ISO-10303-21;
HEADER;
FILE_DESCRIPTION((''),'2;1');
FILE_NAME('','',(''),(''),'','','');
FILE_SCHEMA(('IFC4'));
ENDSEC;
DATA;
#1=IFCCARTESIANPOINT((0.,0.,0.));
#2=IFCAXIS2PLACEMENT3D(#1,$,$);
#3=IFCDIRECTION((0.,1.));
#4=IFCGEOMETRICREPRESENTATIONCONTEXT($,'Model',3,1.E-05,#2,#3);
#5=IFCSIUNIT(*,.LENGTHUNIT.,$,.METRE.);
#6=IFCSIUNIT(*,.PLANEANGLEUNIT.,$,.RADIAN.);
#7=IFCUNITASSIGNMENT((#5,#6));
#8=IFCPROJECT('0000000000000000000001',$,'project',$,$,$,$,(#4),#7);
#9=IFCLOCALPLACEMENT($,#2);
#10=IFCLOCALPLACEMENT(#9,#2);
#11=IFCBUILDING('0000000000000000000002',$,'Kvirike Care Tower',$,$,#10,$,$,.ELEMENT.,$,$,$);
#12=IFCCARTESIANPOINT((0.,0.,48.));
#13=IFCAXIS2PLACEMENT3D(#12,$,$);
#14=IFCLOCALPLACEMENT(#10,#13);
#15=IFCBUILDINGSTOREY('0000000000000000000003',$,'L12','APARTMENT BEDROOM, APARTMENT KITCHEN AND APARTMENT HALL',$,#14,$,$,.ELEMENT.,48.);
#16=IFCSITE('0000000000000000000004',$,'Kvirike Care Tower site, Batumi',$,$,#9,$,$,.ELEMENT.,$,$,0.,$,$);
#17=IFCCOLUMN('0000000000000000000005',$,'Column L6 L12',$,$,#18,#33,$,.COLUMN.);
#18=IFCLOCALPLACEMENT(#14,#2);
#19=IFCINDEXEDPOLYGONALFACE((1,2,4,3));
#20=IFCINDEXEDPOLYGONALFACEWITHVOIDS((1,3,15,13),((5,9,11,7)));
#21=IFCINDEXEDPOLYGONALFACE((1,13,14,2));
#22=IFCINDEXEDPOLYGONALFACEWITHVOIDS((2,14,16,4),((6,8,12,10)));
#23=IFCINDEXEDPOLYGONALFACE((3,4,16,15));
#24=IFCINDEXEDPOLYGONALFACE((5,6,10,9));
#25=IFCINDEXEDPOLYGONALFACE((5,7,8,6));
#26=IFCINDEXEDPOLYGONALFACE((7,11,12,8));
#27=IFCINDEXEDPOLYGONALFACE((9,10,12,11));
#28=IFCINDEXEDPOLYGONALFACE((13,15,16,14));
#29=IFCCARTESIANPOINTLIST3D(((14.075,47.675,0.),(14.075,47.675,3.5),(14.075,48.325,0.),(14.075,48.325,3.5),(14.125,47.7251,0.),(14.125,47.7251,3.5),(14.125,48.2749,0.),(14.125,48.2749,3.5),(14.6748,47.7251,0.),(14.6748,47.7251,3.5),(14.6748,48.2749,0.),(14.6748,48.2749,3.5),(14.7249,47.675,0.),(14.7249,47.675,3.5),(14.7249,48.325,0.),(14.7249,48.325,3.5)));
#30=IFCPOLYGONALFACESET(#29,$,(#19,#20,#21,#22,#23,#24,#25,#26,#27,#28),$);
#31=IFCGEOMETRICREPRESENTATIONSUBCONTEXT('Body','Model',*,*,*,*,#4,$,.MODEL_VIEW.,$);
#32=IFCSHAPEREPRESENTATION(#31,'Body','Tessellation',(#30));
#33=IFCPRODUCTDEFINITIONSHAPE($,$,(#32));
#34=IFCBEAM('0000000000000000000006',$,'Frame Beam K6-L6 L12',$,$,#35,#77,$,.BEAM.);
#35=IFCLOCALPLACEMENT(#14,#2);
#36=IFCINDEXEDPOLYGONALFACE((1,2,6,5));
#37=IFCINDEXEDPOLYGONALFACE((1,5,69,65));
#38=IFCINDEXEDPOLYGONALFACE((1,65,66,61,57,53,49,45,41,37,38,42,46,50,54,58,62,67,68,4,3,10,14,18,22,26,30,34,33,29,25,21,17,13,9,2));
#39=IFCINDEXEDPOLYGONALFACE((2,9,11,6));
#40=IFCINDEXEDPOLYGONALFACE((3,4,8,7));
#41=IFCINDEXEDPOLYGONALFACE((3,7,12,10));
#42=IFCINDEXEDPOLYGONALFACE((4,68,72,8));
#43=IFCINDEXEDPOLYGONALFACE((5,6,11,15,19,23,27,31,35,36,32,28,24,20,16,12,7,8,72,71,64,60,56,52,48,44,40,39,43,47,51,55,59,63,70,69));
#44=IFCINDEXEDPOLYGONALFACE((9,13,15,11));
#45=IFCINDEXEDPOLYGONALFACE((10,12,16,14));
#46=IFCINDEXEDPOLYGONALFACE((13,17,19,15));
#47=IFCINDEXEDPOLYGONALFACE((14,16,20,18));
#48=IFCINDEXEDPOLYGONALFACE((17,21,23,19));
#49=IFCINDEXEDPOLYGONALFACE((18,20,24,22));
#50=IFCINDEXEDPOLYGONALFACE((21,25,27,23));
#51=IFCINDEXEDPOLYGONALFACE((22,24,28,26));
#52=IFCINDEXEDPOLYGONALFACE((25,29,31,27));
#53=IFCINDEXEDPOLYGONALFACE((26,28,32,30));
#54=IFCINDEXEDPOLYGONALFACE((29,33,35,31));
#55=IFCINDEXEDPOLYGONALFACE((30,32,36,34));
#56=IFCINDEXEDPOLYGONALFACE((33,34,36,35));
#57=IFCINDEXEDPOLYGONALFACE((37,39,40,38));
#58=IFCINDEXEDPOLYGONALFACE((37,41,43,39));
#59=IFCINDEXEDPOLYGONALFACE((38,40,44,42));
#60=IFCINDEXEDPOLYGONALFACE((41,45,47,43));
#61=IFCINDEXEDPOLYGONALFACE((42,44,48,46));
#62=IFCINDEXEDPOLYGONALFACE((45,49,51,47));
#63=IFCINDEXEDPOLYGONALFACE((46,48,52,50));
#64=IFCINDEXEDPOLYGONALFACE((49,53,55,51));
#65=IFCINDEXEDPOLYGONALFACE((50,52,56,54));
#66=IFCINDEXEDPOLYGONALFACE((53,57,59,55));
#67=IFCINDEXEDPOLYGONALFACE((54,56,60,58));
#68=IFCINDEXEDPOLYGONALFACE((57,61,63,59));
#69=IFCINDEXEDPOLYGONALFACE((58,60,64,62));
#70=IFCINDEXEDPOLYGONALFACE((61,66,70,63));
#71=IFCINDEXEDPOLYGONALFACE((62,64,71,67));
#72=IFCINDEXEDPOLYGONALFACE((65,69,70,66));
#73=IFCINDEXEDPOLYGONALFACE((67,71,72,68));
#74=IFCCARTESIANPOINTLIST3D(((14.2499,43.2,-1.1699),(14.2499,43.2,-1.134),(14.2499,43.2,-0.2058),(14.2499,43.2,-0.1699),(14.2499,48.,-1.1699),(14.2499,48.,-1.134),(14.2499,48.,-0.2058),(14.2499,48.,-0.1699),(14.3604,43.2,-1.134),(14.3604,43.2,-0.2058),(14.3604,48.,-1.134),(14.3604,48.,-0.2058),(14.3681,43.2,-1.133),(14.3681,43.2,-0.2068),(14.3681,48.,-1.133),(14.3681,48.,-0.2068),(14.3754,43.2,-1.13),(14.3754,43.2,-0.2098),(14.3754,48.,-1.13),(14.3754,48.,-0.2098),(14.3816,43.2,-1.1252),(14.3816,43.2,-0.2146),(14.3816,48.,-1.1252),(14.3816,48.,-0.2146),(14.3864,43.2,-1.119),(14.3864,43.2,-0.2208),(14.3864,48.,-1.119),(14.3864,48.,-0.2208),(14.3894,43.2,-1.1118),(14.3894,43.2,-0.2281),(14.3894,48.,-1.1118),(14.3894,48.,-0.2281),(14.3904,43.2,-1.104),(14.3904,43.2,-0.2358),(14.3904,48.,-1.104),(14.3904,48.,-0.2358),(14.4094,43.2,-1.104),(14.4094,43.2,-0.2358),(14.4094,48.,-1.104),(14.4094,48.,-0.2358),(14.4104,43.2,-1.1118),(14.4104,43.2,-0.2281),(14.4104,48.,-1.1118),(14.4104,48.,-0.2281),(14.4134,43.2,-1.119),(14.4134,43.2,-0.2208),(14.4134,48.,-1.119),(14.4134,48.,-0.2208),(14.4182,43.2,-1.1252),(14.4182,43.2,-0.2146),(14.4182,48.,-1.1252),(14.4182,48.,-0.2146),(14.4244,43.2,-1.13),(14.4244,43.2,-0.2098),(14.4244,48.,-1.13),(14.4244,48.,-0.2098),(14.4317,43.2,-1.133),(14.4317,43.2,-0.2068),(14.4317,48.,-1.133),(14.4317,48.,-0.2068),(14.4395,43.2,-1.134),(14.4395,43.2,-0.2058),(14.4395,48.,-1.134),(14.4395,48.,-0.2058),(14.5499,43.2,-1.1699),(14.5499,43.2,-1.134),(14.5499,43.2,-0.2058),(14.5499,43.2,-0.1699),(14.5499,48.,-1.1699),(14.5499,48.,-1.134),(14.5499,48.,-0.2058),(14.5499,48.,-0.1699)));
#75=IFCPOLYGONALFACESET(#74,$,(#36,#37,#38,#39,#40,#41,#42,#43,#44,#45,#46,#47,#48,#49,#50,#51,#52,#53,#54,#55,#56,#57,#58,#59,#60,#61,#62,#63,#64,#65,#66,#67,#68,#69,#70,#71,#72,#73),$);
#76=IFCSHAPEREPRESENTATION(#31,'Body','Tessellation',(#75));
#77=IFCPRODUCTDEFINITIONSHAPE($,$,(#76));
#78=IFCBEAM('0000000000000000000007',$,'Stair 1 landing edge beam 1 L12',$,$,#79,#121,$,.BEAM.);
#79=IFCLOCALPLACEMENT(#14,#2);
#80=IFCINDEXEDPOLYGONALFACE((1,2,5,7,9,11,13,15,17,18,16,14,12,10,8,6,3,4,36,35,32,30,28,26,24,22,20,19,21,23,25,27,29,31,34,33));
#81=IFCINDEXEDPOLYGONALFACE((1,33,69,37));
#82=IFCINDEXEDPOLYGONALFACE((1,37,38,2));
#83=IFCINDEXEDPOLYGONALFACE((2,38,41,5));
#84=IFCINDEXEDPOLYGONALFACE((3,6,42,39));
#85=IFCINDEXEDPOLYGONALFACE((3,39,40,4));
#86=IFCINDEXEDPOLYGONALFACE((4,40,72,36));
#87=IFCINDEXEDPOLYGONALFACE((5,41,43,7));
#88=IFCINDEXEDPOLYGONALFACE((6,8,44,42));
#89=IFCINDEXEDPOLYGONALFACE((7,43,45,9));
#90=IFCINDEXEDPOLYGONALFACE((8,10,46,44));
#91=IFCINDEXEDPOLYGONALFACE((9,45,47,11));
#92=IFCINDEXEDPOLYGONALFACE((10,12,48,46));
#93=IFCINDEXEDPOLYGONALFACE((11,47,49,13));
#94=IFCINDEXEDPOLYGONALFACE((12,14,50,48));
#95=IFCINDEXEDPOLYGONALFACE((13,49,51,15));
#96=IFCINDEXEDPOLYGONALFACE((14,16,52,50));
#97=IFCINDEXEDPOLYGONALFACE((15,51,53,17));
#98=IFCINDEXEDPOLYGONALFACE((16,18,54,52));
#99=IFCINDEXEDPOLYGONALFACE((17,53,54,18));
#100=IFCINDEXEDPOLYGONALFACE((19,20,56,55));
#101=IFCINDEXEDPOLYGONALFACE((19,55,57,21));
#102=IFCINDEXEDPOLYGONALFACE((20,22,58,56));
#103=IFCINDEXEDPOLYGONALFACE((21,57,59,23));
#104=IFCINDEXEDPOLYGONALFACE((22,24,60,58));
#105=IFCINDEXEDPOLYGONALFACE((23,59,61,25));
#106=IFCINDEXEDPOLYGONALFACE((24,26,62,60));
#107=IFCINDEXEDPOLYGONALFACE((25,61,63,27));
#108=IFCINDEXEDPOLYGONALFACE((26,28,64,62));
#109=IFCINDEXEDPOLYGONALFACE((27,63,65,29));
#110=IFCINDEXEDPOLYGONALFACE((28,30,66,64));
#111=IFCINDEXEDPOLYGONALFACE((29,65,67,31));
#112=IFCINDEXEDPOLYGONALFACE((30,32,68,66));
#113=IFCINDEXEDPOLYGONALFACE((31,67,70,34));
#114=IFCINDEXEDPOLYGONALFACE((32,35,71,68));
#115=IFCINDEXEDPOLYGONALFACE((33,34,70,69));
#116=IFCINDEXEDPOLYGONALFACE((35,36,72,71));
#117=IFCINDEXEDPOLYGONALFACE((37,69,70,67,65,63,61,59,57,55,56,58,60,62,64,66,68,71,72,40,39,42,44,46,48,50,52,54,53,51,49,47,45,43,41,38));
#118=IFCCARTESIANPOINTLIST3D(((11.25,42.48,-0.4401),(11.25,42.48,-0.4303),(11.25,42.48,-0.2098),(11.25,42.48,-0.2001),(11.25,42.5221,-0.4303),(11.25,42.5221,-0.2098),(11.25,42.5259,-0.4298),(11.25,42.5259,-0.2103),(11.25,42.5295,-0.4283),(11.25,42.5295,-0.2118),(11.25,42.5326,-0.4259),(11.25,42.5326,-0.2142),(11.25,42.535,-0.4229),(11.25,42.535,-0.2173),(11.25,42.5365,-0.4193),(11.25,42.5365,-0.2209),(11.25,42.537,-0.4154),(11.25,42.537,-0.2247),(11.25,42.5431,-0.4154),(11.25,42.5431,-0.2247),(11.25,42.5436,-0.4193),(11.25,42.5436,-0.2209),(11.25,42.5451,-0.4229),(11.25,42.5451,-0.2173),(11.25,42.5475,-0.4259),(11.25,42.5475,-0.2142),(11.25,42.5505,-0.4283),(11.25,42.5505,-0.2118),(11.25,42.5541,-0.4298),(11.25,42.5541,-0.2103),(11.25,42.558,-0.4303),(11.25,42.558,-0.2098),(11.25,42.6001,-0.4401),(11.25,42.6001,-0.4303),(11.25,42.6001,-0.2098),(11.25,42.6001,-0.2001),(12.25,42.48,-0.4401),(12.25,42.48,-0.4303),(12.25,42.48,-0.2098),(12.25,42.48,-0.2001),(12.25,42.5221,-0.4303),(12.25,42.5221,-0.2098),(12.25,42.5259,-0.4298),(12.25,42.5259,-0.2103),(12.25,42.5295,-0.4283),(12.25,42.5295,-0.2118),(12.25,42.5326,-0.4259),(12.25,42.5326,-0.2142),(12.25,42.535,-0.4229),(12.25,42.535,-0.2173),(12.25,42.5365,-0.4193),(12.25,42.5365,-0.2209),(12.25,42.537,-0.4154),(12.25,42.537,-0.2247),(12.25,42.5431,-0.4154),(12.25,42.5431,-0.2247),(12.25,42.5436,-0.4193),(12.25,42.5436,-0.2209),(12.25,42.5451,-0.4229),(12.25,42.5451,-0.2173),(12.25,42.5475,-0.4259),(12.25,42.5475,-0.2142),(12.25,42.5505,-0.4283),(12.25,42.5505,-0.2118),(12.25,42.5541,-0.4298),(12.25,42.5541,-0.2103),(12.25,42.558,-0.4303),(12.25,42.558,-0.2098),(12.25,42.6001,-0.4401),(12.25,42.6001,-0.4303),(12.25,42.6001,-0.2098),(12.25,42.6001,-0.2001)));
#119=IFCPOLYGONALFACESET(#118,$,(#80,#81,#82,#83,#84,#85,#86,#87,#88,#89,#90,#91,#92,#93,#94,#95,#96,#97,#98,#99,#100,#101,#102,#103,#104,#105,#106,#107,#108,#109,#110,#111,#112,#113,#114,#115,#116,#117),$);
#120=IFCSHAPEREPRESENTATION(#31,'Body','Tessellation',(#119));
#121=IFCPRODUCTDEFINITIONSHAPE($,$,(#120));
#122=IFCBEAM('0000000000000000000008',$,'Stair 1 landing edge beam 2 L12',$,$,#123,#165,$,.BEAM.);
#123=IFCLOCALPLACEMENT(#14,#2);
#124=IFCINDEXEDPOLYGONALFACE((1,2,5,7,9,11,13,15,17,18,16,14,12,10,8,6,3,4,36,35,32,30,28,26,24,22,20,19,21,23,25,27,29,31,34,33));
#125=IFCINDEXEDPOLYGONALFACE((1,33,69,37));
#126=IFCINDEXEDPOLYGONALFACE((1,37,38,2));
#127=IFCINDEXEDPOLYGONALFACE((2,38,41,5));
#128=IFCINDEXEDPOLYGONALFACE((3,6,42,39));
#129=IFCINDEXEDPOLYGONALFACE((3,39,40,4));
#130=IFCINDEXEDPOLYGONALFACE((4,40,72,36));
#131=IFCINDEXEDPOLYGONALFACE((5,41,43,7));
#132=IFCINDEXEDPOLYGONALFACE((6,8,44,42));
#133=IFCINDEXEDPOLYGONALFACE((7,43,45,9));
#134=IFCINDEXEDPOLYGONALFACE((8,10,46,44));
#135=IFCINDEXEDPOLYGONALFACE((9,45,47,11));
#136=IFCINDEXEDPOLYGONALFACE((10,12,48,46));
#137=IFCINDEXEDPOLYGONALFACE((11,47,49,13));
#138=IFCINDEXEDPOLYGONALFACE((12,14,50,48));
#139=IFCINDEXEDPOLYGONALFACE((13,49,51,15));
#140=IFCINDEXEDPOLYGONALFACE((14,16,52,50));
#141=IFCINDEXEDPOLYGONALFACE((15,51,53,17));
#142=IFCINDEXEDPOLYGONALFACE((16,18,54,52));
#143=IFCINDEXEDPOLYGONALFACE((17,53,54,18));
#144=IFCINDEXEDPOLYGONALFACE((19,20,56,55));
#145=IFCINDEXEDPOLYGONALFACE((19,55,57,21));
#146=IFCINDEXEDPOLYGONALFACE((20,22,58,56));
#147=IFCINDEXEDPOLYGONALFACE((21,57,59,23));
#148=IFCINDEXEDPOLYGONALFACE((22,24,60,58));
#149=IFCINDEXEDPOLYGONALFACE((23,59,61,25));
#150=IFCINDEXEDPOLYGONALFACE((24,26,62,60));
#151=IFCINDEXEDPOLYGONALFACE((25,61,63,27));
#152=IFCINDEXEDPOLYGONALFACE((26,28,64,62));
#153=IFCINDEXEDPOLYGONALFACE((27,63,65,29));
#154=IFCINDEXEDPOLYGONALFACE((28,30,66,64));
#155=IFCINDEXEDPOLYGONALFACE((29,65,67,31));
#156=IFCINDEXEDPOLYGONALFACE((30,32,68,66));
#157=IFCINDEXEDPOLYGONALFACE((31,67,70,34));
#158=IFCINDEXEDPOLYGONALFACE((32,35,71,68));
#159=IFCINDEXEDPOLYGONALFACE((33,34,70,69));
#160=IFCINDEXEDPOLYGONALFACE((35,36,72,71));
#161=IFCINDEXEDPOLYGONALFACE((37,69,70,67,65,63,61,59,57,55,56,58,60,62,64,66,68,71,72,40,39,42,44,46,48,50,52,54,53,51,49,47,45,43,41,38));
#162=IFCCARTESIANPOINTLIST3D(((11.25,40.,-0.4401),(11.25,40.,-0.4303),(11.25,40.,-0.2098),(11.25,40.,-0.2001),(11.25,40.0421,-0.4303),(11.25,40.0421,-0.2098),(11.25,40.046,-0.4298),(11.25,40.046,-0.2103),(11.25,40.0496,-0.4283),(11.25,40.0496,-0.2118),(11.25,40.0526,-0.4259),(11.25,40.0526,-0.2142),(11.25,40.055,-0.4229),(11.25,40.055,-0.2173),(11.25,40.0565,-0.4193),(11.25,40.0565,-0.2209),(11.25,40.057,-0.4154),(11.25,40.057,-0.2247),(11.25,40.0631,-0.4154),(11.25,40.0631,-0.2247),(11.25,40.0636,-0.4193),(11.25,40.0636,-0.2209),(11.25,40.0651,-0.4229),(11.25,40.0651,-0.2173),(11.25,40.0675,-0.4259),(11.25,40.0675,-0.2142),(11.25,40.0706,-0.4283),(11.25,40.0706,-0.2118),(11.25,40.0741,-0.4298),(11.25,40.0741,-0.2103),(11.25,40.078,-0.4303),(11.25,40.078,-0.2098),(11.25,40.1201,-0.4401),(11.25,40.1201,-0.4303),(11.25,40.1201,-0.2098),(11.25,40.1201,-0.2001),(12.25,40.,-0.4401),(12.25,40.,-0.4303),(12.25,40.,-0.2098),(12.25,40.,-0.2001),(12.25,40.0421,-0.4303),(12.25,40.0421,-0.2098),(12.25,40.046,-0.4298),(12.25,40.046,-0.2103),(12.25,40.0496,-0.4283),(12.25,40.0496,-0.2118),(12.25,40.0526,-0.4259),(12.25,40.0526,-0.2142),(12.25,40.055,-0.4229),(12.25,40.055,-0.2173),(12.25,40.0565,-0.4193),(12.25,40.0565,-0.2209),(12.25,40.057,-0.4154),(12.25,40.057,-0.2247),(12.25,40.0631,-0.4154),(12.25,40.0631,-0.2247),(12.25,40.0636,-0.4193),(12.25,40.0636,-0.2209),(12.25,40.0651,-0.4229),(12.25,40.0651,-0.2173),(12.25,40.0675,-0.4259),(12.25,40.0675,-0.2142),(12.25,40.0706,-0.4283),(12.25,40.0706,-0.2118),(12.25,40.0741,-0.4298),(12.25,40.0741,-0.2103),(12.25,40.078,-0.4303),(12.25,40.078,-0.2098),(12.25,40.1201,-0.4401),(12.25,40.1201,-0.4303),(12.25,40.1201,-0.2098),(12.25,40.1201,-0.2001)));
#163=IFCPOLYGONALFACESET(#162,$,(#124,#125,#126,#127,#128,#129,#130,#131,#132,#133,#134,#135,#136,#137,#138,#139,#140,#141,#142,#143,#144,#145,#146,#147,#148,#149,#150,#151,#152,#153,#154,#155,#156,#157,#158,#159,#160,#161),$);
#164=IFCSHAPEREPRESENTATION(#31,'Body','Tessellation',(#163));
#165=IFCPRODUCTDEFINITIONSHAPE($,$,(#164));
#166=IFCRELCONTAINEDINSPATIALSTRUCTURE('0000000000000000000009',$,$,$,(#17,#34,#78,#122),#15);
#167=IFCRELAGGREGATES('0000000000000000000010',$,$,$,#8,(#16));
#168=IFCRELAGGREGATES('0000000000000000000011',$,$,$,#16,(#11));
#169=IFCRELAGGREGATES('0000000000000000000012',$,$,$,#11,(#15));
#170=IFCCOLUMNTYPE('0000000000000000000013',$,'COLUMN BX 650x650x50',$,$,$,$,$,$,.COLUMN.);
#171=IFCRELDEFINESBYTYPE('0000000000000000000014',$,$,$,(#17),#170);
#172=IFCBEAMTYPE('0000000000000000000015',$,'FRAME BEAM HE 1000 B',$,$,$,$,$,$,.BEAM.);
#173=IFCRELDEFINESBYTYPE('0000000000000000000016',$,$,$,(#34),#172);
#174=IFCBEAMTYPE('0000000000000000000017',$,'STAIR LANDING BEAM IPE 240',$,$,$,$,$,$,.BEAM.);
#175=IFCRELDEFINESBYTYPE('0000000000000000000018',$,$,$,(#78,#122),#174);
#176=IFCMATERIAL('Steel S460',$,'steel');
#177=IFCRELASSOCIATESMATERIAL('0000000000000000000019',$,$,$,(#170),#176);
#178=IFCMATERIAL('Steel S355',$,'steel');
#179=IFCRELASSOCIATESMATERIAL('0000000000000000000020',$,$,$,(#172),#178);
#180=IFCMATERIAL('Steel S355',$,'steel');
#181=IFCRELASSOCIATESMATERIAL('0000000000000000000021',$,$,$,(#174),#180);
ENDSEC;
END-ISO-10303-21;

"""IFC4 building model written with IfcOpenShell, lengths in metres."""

from ifc_helpers import new_model, si_unit, direction, frame, origin, origin_2d, place, context, subcontext, project, spatial, hollow_rectangle, i_section, extrude, material, material_profile, profile_set, type_object, element, save


model = new_model("IFC4")

# Units and contexts
model_context = context("Model", 3, precision=1e-05, world=origin(), true_north=direction((0.0, 1.0)))
body_context = subcontext(model_context, "Body", "Model", "MODEL_VIEW")
ifc_project = project(units=[si_unit("LENGTHUNIT", "METRE"), si_unit("PLANEANGLEUNIT", "RADIAN")], contexts=[model_context])

# Site, building, storey
site_placement = place(None, origin())
site = spatial("IfcSite", under=ifc_project, at=site_placement, Name="Kvirike Care Tower site, Batumi", CompositionType="ELEMENT", RefElevation=0.0)
building_placement = place(site_placement, origin())
building = spatial("IfcBuilding", under=site, at=building_placement, Name="Kvirike Care Tower", CompositionType="ELEMENT")
storey_placement = place(building_placement, frame((0.0, 0.0, 48.0)))
storey = spatial("IfcBuildingStorey", under=building, at=storey_placement, Name="L12", Description="APARTMENT BEDROOM, APARTMENT KITCHEN AND APARTMENT HALL", CompositionType="ELEMENT", Elevation=48.0)

# Column
ifc_material_1 = material(Name="Steel S460", Category="steel")
ifc_material_profile_1 = material_profile(ifc_material_1, hollow_rectangle(XDim=0.6499, YDim=0.6499, WallThickness=0.05, at=origin_2d()), Name="BX 650x650x50")
ifc_profile_set_1 = profile_set([ifc_material_profile_1], Name="Steel S460")
column_type = type_object("IfcColumnType", Name="COLUMN BX 650x650x50", PredefinedType="COLUMN", material=ifc_profile_set_1)
column_placement = place(storey_placement, frame((14.3999, 48.0, 0.0), z_axis=(0.0, 0.0, 1.0), x_axis=(1.0, 0.0, 0.0)))
element("IfcColumn", 1, at=column_placement, inside=storey, type_object=column_type, Name="Column L6 L12", PredefinedType="COLUMN", context=body_context, shape_type="SweptSolid", body=[
    extrude(hollow_rectangle(XDim=0.6499, YDim=0.6499, WallThickness=0.05, at=origin_2d()), origin(), (0.0, 0.0, 1.0), 3.5),
])

# Beams
ifc_material_2 = material(Name="Steel S355", Category="steel")
ifc_material_profile_2 = material_profile(ifc_material_2, i_section(OverallWidth=0.3, OverallDepth=1.0, WebThickness=0.019, FlangeThickness=0.0359, FilletRadius=0.03, at=origin_2d()), Name="HE 1000 B")
ifc_profile_set_2 = profile_set([ifc_material_profile_2], Name="Steel S355")
beam_type_1 = type_object("IfcBeamType", Name="FRAME BEAM HE 1000 B", PredefinedType="BEAM", material=ifc_profile_set_2)
beam_placement = place(storey_placement, frame((14.3999, 43.2, -0.6699), z_axis=(0.0, 1.0, 0.0), x_axis=(-1.0, 0.0, 0.0)))
element("IfcBeam", 2, at=beam_placement, inside=storey, type_object=beam_type_1, Name="Frame Beam K6-L6 L12", PredefinedType="BEAM", context=body_context, shape_type="SweptSolid", body=[
    extrude(i_section(OverallWidth=0.3, OverallDepth=1.0, WebThickness=0.019, FlangeThickness=0.0359, FilletRadius=0.03, at=origin_2d()), origin(), (0.0, 0.0, 1.0), 4.8),
])
ifc_material_3 = material(Name="Steel S355", Category="steel")
ifc_material_profile_3 = material_profile(ifc_material_3, i_section(OverallWidth=0.1201, OverallDepth=0.24, WebThickness=0.0061, FlangeThickness=0.0098, FilletRadius=0.0149, at=origin_2d()), Name="IPE 240")
ifc_profile_set_3 = profile_set([ifc_material_profile_3], Name="Steel S355")
beam_type_2 = type_object("IfcBeamType", Name="STAIR LANDING BEAM IPE 240", PredefinedType="BEAM", material=ifc_profile_set_3)
for number, where, z_axis, x_axis, name in (
    (3, (11.25, 42.54, -0.3201), (1.0, 0.0, 0.0), (0.0, 1.0, 0.0), "Stair 1 landing edge beam 1 L12"),
    (4, (11.25, 40.0601, -0.3201), (1.0, 0.0, 0.0), (0.0, 1.0, 0.0), "Stair 1 landing edge beam 2 L12"),
):
    element("IfcBeam", number, at=place(storey_placement, frame(where, z_axis=z_axis, x_axis=x_axis)), inside=storey, type_object=beam_type_2, Name=name, PredefinedType="BEAM", context=body_context, shape_type="SweptSolid", body=[
        extrude(i_section(OverallWidth=0.1201, OverallDepth=0.24, WebThickness=0.0061, FlangeThickness=0.0098, FilletRadius=0.0149, at=origin_2d()), origin(), (0.0, 0.0, 1.0), 1.0),
    ])

save(model, "model.ifc")
